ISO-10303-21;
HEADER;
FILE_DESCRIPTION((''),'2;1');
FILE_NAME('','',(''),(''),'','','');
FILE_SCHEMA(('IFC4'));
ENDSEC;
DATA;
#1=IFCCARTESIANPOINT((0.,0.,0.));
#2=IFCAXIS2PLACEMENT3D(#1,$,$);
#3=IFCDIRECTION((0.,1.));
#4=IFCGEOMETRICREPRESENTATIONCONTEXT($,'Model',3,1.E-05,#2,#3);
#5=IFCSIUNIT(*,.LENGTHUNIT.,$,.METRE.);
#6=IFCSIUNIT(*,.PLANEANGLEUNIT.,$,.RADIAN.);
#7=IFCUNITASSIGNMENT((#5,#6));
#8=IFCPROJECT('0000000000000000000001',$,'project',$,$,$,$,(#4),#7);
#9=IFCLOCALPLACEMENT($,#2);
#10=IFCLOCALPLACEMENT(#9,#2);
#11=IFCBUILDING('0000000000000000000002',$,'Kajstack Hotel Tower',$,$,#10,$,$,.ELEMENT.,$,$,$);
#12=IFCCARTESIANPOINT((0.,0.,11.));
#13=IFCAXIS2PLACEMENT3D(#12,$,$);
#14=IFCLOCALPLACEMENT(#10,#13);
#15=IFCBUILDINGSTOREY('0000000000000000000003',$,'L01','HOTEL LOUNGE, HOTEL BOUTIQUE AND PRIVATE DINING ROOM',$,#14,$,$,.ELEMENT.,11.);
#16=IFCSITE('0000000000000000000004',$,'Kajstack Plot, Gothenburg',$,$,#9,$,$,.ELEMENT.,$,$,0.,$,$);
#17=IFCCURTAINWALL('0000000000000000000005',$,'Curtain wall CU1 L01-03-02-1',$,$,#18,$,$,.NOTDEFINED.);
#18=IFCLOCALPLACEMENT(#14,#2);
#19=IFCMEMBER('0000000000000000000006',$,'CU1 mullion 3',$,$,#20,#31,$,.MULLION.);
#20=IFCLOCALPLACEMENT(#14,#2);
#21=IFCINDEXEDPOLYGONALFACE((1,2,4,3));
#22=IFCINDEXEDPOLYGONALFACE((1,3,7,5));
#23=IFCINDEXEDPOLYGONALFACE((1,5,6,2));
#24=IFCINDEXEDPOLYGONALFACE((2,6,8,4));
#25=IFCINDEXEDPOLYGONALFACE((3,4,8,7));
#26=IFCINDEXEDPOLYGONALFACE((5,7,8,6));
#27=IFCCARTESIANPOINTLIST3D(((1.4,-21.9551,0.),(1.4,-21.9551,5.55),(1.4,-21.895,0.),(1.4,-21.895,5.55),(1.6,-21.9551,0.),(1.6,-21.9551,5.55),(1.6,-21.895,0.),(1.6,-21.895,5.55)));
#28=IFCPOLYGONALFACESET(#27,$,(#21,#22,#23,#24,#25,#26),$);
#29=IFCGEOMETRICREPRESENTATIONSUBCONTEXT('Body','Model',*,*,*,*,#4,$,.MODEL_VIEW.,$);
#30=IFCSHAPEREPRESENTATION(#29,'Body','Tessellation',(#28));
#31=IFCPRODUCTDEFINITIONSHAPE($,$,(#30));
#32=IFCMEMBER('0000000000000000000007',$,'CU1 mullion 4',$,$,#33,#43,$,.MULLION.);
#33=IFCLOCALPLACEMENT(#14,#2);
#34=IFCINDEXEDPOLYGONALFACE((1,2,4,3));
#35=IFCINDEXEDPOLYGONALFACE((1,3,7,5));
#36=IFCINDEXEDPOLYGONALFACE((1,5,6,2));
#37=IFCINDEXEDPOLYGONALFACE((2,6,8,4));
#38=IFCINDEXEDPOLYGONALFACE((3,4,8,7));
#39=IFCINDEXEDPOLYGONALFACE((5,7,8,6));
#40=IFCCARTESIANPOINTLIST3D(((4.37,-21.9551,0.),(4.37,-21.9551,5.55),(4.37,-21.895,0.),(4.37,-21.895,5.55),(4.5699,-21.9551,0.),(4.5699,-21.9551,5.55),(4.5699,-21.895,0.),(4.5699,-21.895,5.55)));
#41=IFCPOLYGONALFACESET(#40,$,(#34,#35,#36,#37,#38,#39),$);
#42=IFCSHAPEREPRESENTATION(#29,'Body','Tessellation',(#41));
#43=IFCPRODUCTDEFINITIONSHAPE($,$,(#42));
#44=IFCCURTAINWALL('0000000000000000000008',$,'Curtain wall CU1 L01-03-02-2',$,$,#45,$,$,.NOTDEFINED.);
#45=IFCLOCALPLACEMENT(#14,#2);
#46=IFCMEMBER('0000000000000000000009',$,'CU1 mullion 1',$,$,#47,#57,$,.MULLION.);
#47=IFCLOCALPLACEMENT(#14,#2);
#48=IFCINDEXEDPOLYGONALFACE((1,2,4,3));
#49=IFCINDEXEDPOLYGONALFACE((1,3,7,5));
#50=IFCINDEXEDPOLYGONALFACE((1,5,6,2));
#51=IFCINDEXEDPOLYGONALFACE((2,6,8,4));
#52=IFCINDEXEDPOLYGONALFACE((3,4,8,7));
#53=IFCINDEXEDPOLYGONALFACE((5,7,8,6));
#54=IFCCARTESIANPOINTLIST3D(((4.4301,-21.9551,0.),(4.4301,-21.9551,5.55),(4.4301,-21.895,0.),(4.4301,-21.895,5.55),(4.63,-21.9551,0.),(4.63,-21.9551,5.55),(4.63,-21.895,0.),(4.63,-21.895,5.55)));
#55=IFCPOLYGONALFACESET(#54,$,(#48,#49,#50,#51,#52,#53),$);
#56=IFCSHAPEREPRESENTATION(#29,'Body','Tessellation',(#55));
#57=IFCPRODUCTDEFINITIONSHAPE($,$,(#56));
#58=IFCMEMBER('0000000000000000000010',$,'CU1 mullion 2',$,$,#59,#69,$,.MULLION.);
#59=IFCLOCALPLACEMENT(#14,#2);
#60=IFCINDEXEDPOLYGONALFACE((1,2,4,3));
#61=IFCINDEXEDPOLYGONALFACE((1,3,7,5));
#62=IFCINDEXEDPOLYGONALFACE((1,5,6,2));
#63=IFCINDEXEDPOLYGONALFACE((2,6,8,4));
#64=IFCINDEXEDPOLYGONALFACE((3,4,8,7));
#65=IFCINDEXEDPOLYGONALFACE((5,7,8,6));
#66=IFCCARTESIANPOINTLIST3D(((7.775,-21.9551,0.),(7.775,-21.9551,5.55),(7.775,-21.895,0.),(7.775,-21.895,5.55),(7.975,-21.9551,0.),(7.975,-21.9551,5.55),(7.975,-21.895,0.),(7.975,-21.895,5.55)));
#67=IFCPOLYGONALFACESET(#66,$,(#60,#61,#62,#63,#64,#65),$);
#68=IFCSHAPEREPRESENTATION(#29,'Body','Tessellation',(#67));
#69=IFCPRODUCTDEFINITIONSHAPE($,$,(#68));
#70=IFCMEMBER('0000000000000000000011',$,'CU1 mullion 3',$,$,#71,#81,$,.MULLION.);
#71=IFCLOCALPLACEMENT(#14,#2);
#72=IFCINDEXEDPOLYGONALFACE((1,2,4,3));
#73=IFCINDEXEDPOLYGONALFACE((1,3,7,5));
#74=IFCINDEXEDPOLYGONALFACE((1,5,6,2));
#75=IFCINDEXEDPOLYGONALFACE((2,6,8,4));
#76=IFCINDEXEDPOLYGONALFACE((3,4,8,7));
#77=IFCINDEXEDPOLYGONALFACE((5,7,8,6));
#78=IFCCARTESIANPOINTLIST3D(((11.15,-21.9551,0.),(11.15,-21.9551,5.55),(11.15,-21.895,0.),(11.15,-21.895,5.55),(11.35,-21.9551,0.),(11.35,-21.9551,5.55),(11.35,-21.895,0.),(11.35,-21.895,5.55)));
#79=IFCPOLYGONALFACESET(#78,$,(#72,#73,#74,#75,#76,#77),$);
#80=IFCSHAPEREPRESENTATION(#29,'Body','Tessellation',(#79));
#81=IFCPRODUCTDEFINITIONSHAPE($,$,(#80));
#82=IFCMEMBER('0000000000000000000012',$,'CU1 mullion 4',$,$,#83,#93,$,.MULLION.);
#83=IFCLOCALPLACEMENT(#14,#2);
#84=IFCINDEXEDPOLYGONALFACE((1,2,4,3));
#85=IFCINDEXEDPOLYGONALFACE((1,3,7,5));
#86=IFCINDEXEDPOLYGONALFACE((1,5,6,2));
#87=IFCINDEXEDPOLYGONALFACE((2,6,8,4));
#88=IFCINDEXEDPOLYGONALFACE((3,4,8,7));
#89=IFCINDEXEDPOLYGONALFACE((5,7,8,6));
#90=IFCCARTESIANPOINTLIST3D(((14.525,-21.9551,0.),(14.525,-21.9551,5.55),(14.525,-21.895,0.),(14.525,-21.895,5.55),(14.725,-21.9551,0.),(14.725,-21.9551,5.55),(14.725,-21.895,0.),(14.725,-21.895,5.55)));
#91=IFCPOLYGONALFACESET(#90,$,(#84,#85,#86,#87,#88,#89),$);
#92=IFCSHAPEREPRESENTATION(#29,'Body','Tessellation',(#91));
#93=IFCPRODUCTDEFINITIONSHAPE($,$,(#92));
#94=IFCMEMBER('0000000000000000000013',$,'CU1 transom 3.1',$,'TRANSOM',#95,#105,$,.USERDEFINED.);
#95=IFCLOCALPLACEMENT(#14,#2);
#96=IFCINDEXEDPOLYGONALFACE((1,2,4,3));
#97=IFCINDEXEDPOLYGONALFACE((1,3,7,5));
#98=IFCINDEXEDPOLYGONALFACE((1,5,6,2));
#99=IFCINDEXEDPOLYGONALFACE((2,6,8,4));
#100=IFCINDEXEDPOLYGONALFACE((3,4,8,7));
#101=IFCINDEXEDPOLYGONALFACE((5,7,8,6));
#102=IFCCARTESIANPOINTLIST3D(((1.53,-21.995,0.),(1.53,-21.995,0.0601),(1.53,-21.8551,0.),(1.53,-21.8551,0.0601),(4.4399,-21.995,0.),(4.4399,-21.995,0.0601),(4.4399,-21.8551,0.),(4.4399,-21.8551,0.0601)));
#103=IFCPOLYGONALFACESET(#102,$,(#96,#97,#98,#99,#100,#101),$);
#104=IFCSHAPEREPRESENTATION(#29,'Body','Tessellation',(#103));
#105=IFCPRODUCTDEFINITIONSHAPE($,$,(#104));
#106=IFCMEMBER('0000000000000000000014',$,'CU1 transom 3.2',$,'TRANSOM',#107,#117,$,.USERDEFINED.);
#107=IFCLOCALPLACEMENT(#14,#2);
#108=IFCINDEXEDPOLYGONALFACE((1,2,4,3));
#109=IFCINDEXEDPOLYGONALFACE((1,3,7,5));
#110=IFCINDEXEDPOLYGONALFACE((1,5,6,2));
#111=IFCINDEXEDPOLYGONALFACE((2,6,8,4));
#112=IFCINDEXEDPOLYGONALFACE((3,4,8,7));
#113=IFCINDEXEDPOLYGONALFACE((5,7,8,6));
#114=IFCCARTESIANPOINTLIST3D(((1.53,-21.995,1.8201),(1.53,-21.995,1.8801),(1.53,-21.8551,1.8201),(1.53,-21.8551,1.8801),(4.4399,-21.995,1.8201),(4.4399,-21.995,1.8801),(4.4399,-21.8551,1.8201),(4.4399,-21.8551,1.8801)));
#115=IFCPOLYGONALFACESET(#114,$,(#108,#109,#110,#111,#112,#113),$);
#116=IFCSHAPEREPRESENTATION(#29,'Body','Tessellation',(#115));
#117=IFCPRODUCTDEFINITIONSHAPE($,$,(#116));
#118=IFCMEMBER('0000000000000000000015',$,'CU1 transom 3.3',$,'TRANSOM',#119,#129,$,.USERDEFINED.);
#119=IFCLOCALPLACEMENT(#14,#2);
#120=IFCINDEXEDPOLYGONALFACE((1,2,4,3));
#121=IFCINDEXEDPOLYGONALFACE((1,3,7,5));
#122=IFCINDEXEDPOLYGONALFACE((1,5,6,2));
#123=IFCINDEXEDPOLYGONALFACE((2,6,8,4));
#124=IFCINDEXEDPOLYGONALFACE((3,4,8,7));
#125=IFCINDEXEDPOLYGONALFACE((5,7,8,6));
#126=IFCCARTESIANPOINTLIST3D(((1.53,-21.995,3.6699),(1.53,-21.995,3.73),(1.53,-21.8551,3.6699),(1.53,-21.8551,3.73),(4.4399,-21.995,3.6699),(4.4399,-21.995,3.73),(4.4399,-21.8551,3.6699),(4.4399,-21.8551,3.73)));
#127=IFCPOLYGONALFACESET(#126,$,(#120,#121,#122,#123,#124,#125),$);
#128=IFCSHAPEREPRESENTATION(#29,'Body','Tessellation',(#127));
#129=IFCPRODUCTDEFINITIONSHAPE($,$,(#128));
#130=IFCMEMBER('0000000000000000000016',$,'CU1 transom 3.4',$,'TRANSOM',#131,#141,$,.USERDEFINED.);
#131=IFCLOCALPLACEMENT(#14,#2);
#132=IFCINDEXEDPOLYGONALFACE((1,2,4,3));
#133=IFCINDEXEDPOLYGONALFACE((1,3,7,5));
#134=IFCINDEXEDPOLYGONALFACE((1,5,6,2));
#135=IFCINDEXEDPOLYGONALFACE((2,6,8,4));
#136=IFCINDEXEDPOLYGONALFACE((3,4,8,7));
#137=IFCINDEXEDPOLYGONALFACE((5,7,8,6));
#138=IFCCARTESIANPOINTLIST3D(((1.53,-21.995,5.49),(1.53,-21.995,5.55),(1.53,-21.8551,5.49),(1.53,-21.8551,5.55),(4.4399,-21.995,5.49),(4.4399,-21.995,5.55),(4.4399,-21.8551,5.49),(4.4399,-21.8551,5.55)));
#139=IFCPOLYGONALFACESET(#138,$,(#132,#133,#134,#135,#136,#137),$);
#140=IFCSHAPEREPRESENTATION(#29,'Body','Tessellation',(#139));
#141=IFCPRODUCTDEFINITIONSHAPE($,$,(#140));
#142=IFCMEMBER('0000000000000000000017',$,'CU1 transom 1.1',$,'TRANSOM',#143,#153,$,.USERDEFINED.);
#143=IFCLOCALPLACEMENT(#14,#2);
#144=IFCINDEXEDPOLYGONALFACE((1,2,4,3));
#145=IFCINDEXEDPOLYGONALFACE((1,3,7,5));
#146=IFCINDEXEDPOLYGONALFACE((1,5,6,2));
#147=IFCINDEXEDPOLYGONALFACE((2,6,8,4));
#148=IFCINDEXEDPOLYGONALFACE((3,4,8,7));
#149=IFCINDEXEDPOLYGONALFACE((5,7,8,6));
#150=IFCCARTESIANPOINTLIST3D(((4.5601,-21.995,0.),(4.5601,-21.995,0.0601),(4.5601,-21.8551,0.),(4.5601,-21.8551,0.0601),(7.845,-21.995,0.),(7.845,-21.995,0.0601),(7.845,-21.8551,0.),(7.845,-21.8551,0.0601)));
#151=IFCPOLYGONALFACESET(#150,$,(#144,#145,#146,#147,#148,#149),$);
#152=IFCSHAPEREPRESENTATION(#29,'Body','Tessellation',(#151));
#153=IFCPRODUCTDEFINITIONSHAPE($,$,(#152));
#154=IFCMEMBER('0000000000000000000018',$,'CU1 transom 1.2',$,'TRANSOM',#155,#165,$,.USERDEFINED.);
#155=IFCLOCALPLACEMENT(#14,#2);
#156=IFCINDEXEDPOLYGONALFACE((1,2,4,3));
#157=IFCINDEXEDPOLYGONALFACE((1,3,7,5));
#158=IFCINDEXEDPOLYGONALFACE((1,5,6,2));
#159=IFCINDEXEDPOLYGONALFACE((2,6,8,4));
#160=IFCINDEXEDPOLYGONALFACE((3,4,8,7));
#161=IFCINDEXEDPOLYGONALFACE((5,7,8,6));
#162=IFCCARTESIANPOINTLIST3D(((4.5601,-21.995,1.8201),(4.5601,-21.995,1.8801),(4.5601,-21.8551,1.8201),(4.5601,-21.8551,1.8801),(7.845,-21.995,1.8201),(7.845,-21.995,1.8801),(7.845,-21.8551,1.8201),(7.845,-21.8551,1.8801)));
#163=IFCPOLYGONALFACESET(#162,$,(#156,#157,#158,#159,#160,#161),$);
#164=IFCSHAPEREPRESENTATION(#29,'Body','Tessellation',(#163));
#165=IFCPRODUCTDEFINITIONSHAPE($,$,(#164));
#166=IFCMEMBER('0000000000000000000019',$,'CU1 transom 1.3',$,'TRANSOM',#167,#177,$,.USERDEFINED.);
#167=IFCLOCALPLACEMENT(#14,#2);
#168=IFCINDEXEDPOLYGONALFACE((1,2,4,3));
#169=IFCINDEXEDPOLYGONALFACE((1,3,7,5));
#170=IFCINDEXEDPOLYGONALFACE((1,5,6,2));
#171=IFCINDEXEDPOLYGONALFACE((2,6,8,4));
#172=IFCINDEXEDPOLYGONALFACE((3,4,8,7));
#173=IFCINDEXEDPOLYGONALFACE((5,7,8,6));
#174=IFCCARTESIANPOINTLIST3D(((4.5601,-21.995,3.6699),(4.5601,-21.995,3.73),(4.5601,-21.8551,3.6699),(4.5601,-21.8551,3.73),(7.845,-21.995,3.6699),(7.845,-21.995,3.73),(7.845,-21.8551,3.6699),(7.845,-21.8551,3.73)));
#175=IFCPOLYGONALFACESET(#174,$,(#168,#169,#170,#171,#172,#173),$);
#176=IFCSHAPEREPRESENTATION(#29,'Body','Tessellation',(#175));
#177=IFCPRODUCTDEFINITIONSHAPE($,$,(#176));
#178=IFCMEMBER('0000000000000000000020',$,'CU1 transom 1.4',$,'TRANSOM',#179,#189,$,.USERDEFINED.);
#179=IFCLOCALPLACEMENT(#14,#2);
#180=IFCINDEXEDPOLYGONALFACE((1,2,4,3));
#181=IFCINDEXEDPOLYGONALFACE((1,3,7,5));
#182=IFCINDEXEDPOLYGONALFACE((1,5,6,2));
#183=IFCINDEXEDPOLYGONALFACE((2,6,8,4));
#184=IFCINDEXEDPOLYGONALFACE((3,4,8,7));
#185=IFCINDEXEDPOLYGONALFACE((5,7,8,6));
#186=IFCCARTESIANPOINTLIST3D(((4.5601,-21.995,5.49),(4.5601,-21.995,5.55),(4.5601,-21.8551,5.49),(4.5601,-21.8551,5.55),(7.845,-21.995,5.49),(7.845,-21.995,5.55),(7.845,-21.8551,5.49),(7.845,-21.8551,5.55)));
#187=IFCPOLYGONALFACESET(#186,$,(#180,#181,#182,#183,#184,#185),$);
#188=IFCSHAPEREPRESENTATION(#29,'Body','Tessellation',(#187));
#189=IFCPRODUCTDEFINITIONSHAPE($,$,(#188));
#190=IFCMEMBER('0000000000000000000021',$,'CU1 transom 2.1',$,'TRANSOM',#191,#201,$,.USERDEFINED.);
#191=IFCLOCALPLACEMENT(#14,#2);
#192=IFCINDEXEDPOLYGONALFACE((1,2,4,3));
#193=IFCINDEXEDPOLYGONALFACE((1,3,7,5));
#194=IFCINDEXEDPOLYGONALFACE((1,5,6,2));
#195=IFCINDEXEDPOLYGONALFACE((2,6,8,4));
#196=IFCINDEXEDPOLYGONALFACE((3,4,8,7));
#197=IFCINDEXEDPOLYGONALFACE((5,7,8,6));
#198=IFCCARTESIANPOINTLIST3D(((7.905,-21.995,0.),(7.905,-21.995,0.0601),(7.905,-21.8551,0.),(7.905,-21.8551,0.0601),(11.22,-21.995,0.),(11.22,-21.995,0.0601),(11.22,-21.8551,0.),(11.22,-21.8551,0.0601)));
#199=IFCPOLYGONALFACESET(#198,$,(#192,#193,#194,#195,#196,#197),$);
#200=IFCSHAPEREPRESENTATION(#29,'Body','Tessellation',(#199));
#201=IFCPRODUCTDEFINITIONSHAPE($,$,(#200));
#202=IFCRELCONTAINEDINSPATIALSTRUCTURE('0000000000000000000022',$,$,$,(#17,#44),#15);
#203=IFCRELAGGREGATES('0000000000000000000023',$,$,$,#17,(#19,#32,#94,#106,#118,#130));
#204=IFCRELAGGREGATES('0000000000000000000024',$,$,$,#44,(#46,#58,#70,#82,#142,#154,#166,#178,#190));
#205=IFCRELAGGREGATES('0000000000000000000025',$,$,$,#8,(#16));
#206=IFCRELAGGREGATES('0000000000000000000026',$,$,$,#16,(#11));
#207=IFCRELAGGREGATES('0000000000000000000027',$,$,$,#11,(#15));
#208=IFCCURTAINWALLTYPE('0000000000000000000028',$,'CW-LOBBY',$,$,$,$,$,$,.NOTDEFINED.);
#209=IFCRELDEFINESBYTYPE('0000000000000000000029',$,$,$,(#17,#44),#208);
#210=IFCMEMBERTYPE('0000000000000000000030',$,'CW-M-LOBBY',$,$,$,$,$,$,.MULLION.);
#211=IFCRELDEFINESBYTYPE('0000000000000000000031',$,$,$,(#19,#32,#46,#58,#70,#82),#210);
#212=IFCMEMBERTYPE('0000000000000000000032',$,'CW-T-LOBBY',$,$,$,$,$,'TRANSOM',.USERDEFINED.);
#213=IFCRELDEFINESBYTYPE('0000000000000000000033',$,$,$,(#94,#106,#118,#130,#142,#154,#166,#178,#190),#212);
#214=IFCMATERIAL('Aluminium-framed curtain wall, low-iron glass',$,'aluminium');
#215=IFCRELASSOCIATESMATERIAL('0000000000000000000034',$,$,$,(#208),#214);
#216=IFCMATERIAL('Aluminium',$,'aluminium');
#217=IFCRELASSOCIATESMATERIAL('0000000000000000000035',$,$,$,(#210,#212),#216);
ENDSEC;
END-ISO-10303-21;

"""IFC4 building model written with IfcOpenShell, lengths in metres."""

from ifc_helpers import new_model, si_unit, direction, frame, origin, origin_2d, place, context, subcontext, project, spatial, rectangle, extrude, material, material_profile, profile_set, type_object, element, aggregate, save


model = new_model("IFC4")

# Units and contexts
model_context = context("Model", 3, precision=1e-05, world=origin(), true_north=direction((0.0, 1.0)))
body_context = subcontext(model_context, "Body", "Model", "MODEL_VIEW")
ifc_project = project(units=[si_unit("LENGTHUNIT", "METRE"), si_unit("PLANEANGLEUNIT", "RADIAN")], contexts=[model_context])

# Site, building, storey
site_placement = place(None, origin())
site = spatial("IfcSite", under=ifc_project, at=site_placement, Name="Kajstack Plot, Gothenburg", CompositionType="ELEMENT", RefElevation=0.0)
building_placement = place(site_placement, origin())
building = spatial("IfcBuilding", under=site, at=building_placement, Name="Kajstack Hotel Tower", CompositionType="ELEMENT")
storey_placement = place(building_placement, frame((0.0, 0.0, 11.0)))
storey = spatial("IfcBuildingStorey", under=building, at=storey_placement, Name="L01", Description="HOTEL LOUNGE, HOTEL BOUTIQUE AND PRIVATE DINING ROOM", CompositionType="ELEMENT", Elevation=11.0)

# Curtain walls, members
ifc_material_1 = material(Name="Aluminium-framed curtain wall, low-iron glass", Category="aluminium")
curtain_wall_type = type_object("IfcCurtainWallType", Name="CW-LOBBY", PredefinedType="NOTDEFINED", material=ifc_material_1)
curtain_wall_1_placement = place(storey_placement, origin())
curtain_wall_1 = element("IfcCurtainWall", 1, at=curtain_wall_1_placement, inside=storey, type_object=curtain_wall_type, Name="Curtain wall CU1 L01-03-02-1", PredefinedType="NOTDEFINED")
ifc_material_2 = material(Name="Aluminium", Category="aluminium")
ifc_material_profile_1 = material_profile(ifc_material_2, rectangle(XDim=0.0601, YDim=0.2, at=origin_2d()), Name="Aluminium mullion 60 x 200")
ifc_profile_set_1 = profile_set([ifc_material_profile_1], Name="Aluminium")
member_type_1 = type_object("IfcMemberType", Name="CW-M-LOBBY", PredefinedType="MULLION", material=ifc_profile_set_1)
member_1_placement = place(storey_placement, frame((1.5, -21.925, 0.0), z_axis=(0.0, 0.0, 1.0), x_axis=(0.0, 1.0, 0.0)))
member_1 = element("IfcMember", 2, at=member_1_placement, type_object=member_type_1, Name="CU1 mullion 3", PredefinedType="MULLION", context=body_context, shape_type="SweptSolid", body=[
    extrude(rectangle(XDim=0.0601, YDim=0.2, at=origin_2d()), origin(), (0.0, 0.0, 1.0), 5.55),
])
member_2_placement = place(storey_placement, frame((4.47, -21.925, 0.0), z_axis=(0.0, 0.0, 1.0), x_axis=(0.0, 1.0, 0.0)))
member_2 = element("IfcMember", 3, at=member_2_placement, type_object=member_type_1, Name="CU1 mullion 4", PredefinedType="MULLION", context=body_context, shape_type="SweptSolid", body=[
    extrude(rectangle(XDim=0.0601, YDim=0.2, at=origin_2d()), origin(), (0.0, 0.0, 1.0), 5.55),
])
curtain_wall_2_placement = place(storey_placement, origin())
curtain_wall_2 = element("IfcCurtainWall", 4, at=curtain_wall_2_placement, inside=storey, type_object=curtain_wall_type, Name="Curtain wall CU1 L01-03-02-2", PredefinedType="NOTDEFINED")
member_3_placement = place(storey_placement, frame((4.53, -21.925, 0.0), z_axis=(0.0, 0.0, 1.0), x_axis=(0.0, 1.0, 0.0)))
member_3 = element("IfcMember", 5, at=member_3_placement, type_object=member_type_1, Name="CU1 mullion 1", PredefinedType="MULLION", context=body_context, shape_type="SweptSolid", body=[
    extrude(rectangle(XDim=0.0601, YDim=0.2, at=origin_2d()), origin(), (0.0, 0.0, 1.0), 5.55),
])
member_4_placement = place(storey_placement, frame((7.875, -21.925, 0.0), z_axis=(0.0, 0.0, 1.0), x_axis=(0.0, 1.0, 0.0)))
member_4 = element("IfcMember", 6, at=member_4_placement, type_object=member_type_1, Name="CU1 mullion 2", PredefinedType="MULLION", context=body_context, shape_type="SweptSolid", body=[
    extrude(rectangle(XDim=0.0601, YDim=0.2, at=origin_2d()), origin(), (0.0, 0.0, 1.0), 5.55),
])
member_5_placement = place(storey_placement, frame((11.25, -21.925, 0.0), z_axis=(0.0, 0.0, 1.0), x_axis=(0.0, 1.0, 0.0)))
member_5 = element("IfcMember", 7, at=member_5_placement, type_object=member_type_1, Name="CU1 mullion 3", PredefinedType="MULLION", context=body_context, shape_type="SweptSolid", body=[
    extrude(rectangle(XDim=0.0601, YDim=0.2, at=origin_2d()), origin(), (0.0, 0.0, 1.0), 5.55),
])
member_6_placement = place(storey_placement, frame((14.625, -21.925, 0.0), z_axis=(0.0, 0.0, 1.0), x_axis=(0.0, 1.0, 0.0)))
member_6 = element("IfcMember", 8, at=member_6_placement, type_object=member_type_1, Name="CU1 mullion 4", PredefinedType="MULLION", context=body_context, shape_type="SweptSolid", body=[
    extrude(rectangle(XDim=0.0601, YDim=0.2, at=origin_2d()), origin(), (0.0, 0.0, 1.0), 5.55),
])

# Members
ifc_material_profile_2 = material_profile(ifc_material_2, rectangle(XDim=0.1399, YDim=0.0601, at=origin_2d()), Name="Aluminium transom 140 x 60")
ifc_profile_set_2 = profile_set([ifc_material_profile_2], Name="Aluminium")
member_type_2 = type_object("IfcMemberType", Name="CW-T-LOBBY", ElementType="TRANSOM", PredefinedType="USERDEFINED", material=ifc_profile_set_2)
member_7_placement = place(storey_placement, frame((1.53, -21.925, 0.03), z_axis=(1.0, 0.0, 0.0), x_axis=(0.0, 1.0, 0.0)))
member_7 = element("IfcMember", 9, at=member_7_placement, type_object=member_type_2, Name="CU1 transom 3.1", ObjectType="TRANSOM", PredefinedType="USERDEFINED", context=body_context, shape_type="SweptSolid", body=[
    extrude(rectangle(XDim=0.1399, YDim=0.0601, at=origin_2d()), origin(), (0.0, 0.0, 1.0), 2.9099),
])
member_8_placement = place(storey_placement, frame((1.53, -21.925, 1.8501), z_axis=(1.0, 0.0, 0.0), x_axis=(0.0, 1.0, 0.0)))
member_8 = element("IfcMember", 10, at=member_8_placement, type_object=member_type_2, Name="CU1 transom 3.2", ObjectType="TRANSOM", PredefinedType="USERDEFINED", context=body_context, shape_type="SweptSolid", body=[
    extrude(rectangle(XDim=0.1399, YDim=0.0601, at=origin_2d()), origin(), (0.0, 0.0, 1.0), 2.9099),
])
member_9_placement = place(storey_placement, frame((1.53, -21.925, 3.7), z_axis=(1.0, 0.0, 0.0), x_axis=(0.0, 1.0, 0.0)))
member_9 = element("IfcMember", 11, at=member_9_placement, type_object=member_type_2, Name="CU1 transom 3.3", ObjectType="TRANSOM", PredefinedType="USERDEFINED", context=body_context, shape_type="SweptSolid", body=[
    extrude(rectangle(XDim=0.1399, YDim=0.0601, at=origin_2d()), origin(), (0.0, 0.0, 1.0), 2.9099),
])
member_10_placement = place(storey_placement, frame((1.53, -21.925, 5.52), z_axis=(1.0, 0.0, 0.0), x_axis=(0.0, 1.0, 0.0)))
member_10 = element("IfcMember", 12, at=member_10_placement, type_object=member_type_2, Name="CU1 transom 3.4", ObjectType="TRANSOM", PredefinedType="USERDEFINED", context=body_context, shape_type="SweptSolid", body=[
    extrude(rectangle(XDim=0.1399, YDim=0.0601, at=origin_2d()), origin(), (0.0, 0.0, 1.0), 2.9099),
])
member_11_placement = place(storey_placement, frame((4.5601, -21.925, 0.03), z_axis=(1.0, 0.0, 0.0), x_axis=(0.0, 1.0, 0.0)))
member_11 = element("IfcMember", 13, at=member_11_placement, type_object=member_type_2, Name="CU1 transom 1.1", ObjectType="TRANSOM", PredefinedType="USERDEFINED", context=body_context, shape_type="SweptSolid", body=[
    extrude(rectangle(XDim=0.1399, YDim=0.0601, at=origin_2d()), origin(), (0.0, 0.0, 1.0), 3.2849),
])
member_12_placement = place(storey_placement, frame((4.5601, -21.925, 1.8501), z_axis=(1.0, 0.0, 0.0), x_axis=(0.0, 1.0, 0.0)))
member_12 = element("IfcMember", 14, at=member_12_placement, type_object=member_type_2, Name="CU1 transom 1.2", ObjectType="TRANSOM", PredefinedType="USERDEFINED", context=body_context, shape_type="SweptSolid", body=[
    extrude(rectangle(XDim=0.1399, YDim=0.0601, at=origin_2d()), origin(), (0.0, 0.0, 1.0), 3.2849),
])
member_13_placement = place(storey_placement, frame((4.5601, -21.925, 3.7), z_axis=(1.0, 0.0, 0.0), x_axis=(0.0, 1.0, 0.0)))
member_13 = element("IfcMember", 15, at=member_13_placement, type_object=member_type_2, Name="CU1 transom 1.3", ObjectType="TRANSOM", PredefinedType="USERDEFINED", context=body_context, shape_type="SweptSolid", body=[
    extrude(rectangle(XDim=0.1399, YDim=0.0601, at=origin_2d()), origin(), (0.0, 0.0, 1.0), 3.2849),
])
member_14_placement = place(storey_placement, frame((4.5601, -21.925, 5.52), z_axis=(1.0, 0.0, 0.0), x_axis=(0.0, 1.0, 0.0)))
member_14 = element("IfcMember", 16, at=member_14_placement, type_object=member_type_2, Name="CU1 transom 1.4", ObjectType="TRANSOM", PredefinedType="USERDEFINED", context=body_context, shape_type="SweptSolid", body=[
    extrude(rectangle(XDim=0.1399, YDim=0.0601, at=origin_2d()), origin(), (0.0, 0.0, 1.0), 3.2849),
])
member_15_placement = place(storey_placement, frame((7.905, -21.925, 0.03), z_axis=(1.0, 0.0, 0.0), x_axis=(0.0, 1.0, 0.0)))
member_15 = element("IfcMember", 17, at=member_15_placement, type_object=member_type_2, Name="CU1 transom 2.1", ObjectType="TRANSOM", PredefinedType="USERDEFINED", context=body_context, shape_type="SweptSolid", body=[
    extrude(rectangle(XDim=0.1399, YDim=0.0601, at=origin_2d()), origin(), (0.0, 0.0, 1.0), 3.3149),
])

aggregate(curtain_wall_1, [member_1, member_2, member_7, member_8, member_9, member_10])
aggregate(curtain_wall_2, [member_3, member_4, member_5, member_6, member_11, member_12, member_13, member_14, member_15])

save(model, "model.ifc")
